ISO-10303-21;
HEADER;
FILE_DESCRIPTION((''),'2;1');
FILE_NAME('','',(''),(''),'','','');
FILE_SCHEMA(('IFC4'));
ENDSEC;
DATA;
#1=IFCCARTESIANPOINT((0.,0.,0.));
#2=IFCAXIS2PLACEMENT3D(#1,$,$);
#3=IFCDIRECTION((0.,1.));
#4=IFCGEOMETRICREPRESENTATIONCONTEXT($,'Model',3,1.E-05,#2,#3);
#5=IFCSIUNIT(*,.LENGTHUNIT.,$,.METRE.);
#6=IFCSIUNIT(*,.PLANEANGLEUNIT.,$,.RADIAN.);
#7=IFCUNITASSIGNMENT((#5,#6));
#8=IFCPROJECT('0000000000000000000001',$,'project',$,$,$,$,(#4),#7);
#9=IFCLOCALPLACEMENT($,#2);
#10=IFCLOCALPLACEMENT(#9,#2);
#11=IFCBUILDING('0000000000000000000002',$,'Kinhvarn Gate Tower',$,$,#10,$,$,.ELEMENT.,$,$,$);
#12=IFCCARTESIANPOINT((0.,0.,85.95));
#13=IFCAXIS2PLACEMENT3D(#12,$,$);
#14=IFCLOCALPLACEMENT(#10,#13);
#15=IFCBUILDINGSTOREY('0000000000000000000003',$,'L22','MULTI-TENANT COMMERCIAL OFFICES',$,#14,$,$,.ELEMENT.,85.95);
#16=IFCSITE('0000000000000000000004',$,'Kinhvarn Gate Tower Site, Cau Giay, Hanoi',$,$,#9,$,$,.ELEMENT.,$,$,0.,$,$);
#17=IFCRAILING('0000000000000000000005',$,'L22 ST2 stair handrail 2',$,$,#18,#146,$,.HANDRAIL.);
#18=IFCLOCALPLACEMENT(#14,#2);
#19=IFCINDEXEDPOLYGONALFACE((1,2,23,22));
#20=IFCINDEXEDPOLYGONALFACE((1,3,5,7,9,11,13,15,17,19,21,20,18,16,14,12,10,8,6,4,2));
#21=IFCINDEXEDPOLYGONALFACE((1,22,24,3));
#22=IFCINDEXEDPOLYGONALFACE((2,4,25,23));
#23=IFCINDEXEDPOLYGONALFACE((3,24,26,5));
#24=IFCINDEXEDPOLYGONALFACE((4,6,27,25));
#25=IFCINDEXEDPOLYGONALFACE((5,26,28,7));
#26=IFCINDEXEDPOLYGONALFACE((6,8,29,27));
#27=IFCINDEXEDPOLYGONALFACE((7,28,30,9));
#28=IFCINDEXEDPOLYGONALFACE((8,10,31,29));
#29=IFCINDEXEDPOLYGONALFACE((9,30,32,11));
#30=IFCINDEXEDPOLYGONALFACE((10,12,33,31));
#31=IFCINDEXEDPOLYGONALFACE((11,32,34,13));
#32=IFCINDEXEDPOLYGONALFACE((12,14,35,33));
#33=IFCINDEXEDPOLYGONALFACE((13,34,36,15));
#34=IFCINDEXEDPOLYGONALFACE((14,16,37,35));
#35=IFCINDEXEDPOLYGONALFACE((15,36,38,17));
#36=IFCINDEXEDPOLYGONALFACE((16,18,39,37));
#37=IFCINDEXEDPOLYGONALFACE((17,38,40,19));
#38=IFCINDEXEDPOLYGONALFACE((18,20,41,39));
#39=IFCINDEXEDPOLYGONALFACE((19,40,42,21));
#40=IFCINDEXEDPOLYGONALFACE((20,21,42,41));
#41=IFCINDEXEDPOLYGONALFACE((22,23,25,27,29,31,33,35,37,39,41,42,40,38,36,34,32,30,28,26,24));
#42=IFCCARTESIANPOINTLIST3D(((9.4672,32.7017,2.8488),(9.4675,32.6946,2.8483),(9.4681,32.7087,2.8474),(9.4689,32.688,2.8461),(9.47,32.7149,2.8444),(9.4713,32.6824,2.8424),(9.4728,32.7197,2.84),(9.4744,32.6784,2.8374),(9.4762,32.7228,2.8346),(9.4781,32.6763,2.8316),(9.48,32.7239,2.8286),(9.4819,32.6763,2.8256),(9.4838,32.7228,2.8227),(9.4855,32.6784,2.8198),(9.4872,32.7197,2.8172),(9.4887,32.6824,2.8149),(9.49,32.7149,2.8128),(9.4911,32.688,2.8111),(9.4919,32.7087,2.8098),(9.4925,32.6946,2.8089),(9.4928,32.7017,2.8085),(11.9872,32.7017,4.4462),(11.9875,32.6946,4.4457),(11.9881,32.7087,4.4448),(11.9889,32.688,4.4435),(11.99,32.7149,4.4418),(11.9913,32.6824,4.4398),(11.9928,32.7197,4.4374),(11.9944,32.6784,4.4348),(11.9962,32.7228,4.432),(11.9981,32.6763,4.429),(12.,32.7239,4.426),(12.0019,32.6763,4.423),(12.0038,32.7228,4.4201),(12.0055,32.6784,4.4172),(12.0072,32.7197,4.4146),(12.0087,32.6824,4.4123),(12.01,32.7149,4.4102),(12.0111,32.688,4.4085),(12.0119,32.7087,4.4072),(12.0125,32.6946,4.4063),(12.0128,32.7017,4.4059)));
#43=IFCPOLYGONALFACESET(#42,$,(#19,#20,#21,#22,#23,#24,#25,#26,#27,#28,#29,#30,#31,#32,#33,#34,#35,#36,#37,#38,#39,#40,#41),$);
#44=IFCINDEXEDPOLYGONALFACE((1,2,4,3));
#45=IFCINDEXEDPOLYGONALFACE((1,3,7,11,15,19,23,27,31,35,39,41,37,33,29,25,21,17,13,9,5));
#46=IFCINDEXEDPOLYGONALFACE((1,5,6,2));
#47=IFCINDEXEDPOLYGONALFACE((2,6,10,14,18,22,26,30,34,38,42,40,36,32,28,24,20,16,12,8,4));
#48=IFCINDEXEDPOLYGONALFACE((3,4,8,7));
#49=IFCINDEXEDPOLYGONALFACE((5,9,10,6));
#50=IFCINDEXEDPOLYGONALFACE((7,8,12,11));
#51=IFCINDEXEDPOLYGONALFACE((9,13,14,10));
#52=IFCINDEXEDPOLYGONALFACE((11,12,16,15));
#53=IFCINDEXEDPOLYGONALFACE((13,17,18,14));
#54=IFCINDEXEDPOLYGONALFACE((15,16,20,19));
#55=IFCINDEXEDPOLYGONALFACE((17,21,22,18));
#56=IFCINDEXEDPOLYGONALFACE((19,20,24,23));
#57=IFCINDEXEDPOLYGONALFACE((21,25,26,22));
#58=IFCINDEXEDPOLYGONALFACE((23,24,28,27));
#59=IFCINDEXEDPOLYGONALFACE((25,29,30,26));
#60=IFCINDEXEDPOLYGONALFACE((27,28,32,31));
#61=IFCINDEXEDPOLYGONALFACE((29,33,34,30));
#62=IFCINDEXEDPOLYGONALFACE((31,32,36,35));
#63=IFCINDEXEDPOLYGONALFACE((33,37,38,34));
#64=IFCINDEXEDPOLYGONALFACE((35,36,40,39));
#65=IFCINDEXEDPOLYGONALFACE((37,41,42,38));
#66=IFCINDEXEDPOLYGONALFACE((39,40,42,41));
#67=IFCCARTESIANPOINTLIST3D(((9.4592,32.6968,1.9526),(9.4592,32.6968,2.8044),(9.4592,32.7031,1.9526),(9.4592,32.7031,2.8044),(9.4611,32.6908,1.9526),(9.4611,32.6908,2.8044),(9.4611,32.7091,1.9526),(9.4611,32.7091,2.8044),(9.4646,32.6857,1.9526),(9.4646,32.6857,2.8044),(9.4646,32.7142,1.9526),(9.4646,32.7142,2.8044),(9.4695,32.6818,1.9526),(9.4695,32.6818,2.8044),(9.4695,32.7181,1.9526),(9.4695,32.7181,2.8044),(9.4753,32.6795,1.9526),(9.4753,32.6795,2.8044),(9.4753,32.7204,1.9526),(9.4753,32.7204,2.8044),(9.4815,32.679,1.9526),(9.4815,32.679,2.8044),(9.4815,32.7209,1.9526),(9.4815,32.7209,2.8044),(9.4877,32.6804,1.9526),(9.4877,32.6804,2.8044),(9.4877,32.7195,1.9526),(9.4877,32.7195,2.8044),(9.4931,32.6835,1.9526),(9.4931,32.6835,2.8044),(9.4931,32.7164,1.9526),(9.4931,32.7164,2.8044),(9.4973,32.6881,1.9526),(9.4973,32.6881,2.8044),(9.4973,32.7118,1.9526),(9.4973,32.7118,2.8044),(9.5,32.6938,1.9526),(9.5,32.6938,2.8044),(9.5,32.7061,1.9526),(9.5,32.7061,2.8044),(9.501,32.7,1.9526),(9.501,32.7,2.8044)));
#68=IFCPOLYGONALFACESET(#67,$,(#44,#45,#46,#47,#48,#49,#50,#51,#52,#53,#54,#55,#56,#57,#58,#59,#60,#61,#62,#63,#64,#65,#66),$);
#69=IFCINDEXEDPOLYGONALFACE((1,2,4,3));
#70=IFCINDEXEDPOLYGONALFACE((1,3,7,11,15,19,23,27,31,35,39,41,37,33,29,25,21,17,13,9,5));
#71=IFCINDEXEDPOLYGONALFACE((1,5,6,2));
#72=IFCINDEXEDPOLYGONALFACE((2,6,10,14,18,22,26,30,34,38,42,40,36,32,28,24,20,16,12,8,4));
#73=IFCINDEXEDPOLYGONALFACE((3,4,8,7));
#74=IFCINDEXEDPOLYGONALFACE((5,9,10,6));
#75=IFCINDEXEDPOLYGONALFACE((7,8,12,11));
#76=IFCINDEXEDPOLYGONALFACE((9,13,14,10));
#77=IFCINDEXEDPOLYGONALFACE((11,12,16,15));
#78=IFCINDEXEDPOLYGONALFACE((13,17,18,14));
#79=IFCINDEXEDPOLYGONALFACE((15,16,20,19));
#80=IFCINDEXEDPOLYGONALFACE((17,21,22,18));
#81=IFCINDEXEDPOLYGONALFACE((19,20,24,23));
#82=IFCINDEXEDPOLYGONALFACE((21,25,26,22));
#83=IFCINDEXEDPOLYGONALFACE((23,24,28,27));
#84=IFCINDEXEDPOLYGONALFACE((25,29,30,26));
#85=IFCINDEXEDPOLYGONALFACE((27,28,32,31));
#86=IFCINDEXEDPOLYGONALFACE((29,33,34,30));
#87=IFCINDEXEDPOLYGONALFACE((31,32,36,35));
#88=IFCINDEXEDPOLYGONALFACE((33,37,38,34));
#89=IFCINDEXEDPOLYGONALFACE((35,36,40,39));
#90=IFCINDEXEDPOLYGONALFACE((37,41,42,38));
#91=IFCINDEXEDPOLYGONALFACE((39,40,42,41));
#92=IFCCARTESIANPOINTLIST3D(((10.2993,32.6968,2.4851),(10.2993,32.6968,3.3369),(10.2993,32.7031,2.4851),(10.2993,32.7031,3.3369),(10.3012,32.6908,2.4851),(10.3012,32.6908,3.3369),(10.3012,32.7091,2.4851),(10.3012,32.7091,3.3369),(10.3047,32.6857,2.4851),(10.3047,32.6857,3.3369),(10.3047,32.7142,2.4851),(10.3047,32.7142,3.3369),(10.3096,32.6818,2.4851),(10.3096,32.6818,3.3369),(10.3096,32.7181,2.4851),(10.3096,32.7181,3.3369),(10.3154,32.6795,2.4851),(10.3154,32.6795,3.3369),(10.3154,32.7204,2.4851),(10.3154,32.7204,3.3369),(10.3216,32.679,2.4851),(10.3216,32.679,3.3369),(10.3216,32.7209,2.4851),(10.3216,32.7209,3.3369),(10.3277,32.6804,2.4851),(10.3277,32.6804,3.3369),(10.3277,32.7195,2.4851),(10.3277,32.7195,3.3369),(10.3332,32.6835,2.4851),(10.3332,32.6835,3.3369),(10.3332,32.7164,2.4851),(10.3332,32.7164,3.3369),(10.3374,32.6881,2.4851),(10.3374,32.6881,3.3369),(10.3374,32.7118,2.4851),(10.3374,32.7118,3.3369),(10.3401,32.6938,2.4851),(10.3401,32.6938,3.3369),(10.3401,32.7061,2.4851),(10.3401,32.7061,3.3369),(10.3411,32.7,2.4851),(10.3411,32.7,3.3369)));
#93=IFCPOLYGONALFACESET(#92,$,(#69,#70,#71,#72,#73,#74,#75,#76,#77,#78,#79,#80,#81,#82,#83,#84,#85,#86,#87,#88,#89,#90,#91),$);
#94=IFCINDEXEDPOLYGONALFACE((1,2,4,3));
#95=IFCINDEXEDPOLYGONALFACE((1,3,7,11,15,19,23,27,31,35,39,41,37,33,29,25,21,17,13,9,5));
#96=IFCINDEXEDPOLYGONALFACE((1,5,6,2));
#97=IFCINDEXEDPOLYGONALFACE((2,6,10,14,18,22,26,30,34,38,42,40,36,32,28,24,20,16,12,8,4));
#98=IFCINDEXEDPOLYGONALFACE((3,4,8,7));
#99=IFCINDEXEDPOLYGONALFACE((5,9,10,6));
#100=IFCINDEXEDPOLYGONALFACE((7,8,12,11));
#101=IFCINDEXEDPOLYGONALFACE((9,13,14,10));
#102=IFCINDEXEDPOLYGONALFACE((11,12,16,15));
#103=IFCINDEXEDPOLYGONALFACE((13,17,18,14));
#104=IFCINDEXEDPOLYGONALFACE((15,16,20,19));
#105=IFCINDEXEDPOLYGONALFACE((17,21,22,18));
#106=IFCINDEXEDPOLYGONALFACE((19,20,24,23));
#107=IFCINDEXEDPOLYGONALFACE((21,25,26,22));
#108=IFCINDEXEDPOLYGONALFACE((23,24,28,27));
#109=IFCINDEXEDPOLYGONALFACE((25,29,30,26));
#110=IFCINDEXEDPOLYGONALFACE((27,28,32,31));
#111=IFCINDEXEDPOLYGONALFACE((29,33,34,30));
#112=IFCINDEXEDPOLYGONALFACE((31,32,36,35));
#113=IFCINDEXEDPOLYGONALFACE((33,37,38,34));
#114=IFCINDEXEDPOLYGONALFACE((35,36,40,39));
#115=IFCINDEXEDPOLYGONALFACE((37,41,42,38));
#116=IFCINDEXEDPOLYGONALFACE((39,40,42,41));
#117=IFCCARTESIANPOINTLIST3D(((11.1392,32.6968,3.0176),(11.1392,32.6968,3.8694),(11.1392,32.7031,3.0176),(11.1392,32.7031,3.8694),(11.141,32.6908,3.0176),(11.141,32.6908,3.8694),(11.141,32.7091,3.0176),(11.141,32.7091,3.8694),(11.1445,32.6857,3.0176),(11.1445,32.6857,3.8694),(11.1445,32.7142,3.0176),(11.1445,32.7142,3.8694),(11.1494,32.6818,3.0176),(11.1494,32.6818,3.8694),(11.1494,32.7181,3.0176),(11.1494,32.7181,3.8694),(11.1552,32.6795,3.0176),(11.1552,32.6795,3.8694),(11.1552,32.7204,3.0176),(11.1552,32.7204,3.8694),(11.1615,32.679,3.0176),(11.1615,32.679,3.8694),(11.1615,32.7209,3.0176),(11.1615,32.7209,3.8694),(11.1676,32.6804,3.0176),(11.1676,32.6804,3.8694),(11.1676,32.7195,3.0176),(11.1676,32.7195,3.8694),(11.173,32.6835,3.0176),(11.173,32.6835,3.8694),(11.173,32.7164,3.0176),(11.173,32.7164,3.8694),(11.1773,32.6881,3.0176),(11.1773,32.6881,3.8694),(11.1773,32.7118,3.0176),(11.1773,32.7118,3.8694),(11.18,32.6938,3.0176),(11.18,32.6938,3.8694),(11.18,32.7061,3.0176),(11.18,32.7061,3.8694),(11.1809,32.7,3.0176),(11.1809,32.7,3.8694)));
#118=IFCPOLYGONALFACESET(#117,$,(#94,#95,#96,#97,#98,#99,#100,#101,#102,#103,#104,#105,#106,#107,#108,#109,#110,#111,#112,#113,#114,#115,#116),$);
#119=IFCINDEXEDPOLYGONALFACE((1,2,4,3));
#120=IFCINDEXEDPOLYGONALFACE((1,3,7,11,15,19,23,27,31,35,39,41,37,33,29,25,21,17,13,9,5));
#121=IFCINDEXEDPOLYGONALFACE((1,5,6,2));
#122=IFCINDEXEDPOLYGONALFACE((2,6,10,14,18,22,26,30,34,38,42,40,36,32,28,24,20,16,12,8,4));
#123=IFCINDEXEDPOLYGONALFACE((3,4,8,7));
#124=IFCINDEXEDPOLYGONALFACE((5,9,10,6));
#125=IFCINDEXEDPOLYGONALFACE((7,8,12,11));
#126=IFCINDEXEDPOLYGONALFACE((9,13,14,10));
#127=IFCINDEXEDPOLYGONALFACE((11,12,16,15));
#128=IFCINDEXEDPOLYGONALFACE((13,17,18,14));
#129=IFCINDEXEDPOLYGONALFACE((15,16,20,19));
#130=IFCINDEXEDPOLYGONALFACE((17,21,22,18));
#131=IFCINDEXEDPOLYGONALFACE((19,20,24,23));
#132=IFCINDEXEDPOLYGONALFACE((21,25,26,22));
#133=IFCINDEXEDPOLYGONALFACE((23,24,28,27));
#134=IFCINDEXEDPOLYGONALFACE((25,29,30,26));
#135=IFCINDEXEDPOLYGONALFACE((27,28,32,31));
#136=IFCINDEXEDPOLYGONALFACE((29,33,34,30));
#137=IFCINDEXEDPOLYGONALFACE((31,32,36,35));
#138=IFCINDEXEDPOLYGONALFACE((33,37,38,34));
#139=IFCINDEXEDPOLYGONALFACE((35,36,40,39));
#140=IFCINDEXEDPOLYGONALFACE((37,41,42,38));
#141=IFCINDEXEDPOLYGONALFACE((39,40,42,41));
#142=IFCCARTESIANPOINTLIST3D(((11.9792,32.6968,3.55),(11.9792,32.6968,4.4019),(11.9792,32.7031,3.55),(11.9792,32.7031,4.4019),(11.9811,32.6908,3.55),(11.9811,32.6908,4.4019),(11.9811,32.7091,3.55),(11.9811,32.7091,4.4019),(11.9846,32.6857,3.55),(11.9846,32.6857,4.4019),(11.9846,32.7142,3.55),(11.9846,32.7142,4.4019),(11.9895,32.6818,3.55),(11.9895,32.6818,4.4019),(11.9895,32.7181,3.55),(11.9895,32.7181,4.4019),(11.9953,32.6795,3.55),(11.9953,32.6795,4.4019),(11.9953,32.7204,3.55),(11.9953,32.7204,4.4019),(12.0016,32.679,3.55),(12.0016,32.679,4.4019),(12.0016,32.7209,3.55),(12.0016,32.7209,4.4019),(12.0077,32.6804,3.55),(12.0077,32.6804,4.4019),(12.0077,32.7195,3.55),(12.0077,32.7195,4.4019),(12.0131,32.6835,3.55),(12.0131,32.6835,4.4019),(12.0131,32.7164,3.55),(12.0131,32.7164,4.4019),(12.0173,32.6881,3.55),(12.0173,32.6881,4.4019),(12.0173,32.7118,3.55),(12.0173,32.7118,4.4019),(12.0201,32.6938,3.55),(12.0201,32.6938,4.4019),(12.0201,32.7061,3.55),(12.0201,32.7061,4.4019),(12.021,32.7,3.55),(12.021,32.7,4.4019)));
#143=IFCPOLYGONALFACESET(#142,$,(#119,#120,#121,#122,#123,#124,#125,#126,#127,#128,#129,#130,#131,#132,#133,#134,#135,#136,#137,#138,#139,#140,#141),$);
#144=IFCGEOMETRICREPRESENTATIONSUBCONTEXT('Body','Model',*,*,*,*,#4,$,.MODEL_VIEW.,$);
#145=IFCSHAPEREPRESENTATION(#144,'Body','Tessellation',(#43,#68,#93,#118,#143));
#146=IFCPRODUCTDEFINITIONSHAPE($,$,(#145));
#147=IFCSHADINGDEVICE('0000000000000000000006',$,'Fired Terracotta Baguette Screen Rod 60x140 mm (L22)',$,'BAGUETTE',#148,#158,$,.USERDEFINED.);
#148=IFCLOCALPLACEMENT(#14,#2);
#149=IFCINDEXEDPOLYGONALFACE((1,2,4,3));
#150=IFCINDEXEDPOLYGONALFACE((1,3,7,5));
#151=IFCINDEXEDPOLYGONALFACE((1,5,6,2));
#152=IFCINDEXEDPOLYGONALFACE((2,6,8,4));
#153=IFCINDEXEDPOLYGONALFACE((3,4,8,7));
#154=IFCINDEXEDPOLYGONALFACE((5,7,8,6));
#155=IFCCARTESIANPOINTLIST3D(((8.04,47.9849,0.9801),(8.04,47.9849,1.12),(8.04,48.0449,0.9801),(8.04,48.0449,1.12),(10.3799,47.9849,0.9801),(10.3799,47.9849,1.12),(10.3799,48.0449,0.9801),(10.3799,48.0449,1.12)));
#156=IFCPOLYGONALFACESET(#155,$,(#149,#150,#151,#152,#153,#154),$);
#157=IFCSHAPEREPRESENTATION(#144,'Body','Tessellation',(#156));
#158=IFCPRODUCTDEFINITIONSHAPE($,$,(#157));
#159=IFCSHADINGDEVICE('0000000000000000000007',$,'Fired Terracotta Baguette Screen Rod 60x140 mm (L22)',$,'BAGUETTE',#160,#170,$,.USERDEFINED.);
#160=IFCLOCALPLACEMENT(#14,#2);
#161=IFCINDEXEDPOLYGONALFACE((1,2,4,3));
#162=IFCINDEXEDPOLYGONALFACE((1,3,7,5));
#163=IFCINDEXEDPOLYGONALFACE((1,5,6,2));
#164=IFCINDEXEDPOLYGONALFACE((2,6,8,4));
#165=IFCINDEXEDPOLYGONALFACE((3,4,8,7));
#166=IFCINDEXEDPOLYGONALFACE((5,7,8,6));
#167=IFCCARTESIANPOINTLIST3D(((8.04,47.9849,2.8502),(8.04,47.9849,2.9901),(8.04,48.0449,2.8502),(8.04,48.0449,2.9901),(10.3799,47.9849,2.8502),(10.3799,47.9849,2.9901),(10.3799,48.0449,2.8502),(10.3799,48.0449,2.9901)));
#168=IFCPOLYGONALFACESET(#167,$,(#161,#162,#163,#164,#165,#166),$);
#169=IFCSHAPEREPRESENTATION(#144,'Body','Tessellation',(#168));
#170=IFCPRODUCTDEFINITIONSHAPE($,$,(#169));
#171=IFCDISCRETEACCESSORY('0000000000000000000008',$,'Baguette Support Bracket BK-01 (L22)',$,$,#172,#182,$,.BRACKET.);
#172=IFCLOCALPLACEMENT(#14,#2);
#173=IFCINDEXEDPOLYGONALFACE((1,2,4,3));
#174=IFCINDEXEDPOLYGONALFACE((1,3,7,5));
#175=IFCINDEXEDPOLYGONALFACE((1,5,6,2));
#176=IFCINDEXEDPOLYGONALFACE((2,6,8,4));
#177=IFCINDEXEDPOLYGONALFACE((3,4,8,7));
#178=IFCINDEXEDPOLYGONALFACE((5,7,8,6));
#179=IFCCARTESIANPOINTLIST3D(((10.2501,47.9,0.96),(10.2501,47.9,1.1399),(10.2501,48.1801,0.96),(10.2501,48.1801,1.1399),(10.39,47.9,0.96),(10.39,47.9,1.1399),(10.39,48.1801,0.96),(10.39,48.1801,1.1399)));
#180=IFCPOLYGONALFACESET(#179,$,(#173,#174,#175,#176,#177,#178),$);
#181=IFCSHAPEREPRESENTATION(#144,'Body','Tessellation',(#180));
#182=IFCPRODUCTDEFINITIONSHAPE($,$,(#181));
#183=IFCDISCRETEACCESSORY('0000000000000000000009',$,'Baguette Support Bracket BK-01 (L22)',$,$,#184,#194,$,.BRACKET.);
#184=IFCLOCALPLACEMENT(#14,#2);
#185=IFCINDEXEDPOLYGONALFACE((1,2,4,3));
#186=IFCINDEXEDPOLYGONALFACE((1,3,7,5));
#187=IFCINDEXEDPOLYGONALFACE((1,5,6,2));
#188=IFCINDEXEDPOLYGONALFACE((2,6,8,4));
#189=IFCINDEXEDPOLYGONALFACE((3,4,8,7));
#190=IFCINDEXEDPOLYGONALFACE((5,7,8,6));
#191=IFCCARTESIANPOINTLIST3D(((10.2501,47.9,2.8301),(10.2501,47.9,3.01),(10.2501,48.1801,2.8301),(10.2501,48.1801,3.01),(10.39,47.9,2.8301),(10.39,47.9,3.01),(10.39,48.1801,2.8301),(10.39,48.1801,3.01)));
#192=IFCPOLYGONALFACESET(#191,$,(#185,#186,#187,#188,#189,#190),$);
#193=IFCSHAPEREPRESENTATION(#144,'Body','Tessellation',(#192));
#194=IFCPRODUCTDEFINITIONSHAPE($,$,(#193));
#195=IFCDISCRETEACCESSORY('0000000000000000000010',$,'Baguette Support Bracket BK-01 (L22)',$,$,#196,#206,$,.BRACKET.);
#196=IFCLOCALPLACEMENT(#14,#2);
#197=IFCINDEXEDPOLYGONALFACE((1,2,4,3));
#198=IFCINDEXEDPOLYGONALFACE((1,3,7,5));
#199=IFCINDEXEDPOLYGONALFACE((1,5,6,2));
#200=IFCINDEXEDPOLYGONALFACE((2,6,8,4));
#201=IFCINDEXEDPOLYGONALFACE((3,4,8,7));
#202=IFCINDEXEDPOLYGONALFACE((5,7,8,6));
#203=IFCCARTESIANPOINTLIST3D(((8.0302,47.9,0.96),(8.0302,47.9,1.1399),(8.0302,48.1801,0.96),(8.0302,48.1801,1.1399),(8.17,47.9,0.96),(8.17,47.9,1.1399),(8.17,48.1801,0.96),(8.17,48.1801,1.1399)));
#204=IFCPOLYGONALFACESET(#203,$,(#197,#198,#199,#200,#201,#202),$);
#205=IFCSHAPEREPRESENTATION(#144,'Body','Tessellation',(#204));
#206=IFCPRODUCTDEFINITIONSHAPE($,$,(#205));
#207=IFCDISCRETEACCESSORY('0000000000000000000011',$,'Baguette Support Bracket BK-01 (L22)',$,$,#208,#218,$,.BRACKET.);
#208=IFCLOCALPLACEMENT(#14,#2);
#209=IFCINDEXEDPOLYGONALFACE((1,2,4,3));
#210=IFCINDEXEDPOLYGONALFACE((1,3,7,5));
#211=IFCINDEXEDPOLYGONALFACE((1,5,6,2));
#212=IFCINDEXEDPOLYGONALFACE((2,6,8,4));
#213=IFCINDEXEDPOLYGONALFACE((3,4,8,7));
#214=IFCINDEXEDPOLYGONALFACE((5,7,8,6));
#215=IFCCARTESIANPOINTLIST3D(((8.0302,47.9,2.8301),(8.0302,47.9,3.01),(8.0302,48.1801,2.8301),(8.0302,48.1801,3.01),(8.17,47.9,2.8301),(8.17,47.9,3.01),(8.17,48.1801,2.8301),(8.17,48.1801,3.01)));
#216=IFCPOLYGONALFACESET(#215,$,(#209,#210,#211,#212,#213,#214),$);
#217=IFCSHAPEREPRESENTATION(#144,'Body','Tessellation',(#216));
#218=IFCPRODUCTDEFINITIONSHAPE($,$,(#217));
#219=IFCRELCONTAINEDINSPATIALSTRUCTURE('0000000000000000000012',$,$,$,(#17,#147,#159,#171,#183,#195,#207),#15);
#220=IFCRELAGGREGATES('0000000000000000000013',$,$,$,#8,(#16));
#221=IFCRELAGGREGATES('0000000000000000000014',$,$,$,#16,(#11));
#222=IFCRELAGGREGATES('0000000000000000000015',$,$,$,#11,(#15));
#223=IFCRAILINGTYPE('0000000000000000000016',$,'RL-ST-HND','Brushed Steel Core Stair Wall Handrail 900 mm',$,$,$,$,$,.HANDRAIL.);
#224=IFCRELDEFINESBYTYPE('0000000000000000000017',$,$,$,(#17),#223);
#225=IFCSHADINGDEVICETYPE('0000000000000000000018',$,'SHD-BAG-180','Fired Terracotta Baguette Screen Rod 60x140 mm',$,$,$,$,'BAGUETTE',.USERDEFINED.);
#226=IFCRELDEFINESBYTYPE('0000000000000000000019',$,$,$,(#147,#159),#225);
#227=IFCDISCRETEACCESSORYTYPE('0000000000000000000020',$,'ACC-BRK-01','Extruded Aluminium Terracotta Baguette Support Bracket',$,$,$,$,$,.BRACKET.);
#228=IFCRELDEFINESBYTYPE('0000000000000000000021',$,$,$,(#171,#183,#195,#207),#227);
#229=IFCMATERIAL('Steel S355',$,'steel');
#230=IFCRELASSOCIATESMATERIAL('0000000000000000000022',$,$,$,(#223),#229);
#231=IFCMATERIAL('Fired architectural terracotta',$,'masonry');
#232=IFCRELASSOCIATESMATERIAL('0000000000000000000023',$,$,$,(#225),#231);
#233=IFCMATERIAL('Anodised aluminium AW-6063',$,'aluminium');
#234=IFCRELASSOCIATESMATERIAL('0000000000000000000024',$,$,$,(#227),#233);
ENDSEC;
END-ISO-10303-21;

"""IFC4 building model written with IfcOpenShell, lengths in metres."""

from ifc_helpers import new_model, si_unit, direction, frame, origin, origin_2d, place, context, subcontext, project, spatial, rectangle, circle, extrude, material, material_profile, profile_set, type_object, element, save


model = new_model("IFC4")

# Units and contexts
model_context = context("Model", 3, precision=1e-05, world=origin(), true_north=direction((0.0, 1.0)))
body_context = subcontext(model_context, "Body", "Model", "MODEL_VIEW")
ifc_project = project(units=[si_unit("LENGTHUNIT", "METRE"), si_unit("PLANEANGLEUNIT", "RADIAN")], contexts=[model_context])

# Site, building, storey
site_placement = place(None, origin())
site = spatial("IfcSite", under=ifc_project, at=site_placement, Name="Kinhvarn Gate Tower Site, Cau Giay, Hanoi", CompositionType="ELEMENT", RefElevation=0.0)
building_placement = place(site_placement, origin())
building = spatial("IfcBuilding", under=site, at=building_placement, Name="Kinhvarn Gate Tower", CompositionType="ELEMENT")
storey_placement = place(building_placement, frame((0.0, 0.0, 85.95)))
storey = spatial("IfcBuildingStorey", under=building, at=storey_placement, Name="L22", Description="MULTI-TENANT COMMERCIAL OFFICES", CompositionType="ELEMENT", Elevation=85.95)

# Shared definitions
ifc_material_1 = material(Name="Anodised aluminium AW-6063", Category="aluminium")

# Shared definitions
ifc_material_2 = material(Name="Steel S355", Category="steel")

# Shared definitions
ifc_material_3 = material(Name="Fired architectural terracotta", Category="masonry")

# Railing
railing_type_1 = type_object("IfcRailingType", Name="RL-ST-HND", Description="Brushed Steel Core Stair Wall Handrail 900 mm", PredefinedType="HANDRAIL", material=ifc_material_2)
railing_1_placement = place(storey_placement, frame((9.48, 32.7, 1.9526)))
element("IfcRailing", 1, at=railing_1_placement, inside=storey, type_object=railing_type_1, Name="L22 ST2 stair handrail 2", PredefinedType="HANDRAIL", context=body_context, shape_type="SweptSolid", body=[
    extrude(circle(Radius=0.0239, at=origin_2d()), frame((0.0, 0.0, 0.876), z_axis=(0.844607, 0.0, 0.535387), x_axis=(0.0, 1.0, 0.0)), (0.0, 0.0, 1.0), 2.9836),
    extrude(circle(Radius=0.021, at=origin_2d()), origin(), (0.0, 0.0, 1.0), 0.8518),
    extrude(circle(Radius=0.021, at=origin_2d()), frame((0.8401, 0.0, 0.5325)), (0.0, 0.0, 1.0), 0.8518),
    extrude(circle(Radius=0.021, at=origin_2d()), frame((1.6799, 0.0, 1.0649)), (0.0, 0.0, 1.0), 0.8518),
    extrude(circle(Radius=0.021, at=origin_2d()), frame((2.52, 0.0, 1.5974)), (0.0, 0.0, 1.0), 0.8518),
])

# Shading devices
ifc_material_profile_1 = material_profile(ifc_material_3, rectangle(XDim=0.0601, YDim=0.1399, at=origin_2d()), Name="TC 60x140")
ifc_profile_set_1 = profile_set([ifc_material_profile_1], Name="Fired architectural terracotta")
shading_device_type = type_object("IfcShadingDeviceType", Name="SHD-BAG-180", Description="Fired Terracotta Baguette Screen Rod 60x140 mm", ElementType="BAGUETTE", PredefinedType="USERDEFINED", material=ifc_profile_set_1)
for number, where, z_axis, x_axis, name in (
    (2, (10.3799, 48.0149, 1.05), (-1.0, 0.0, 0.0), (0.0, -1.0, 0.0), "Fired Terracotta Baguette Screen Rod 60x140 mm (L22)"),
    (3, (10.3799, 48.0149, 2.9202), (-1.0, 0.0, 0.0), (0.0, -1.0, 0.0), "Fired Terracotta Baguette Screen Rod 60x140 mm (L22)"),
):
    element("IfcShadingDevice", number, at=place(storey_placement, frame(where, z_axis=z_axis, x_axis=x_axis)), inside=storey, type_object=shading_device_type, Name=name, ObjectType="BAGUETTE", PredefinedType="USERDEFINED", context=body_context, shape_type="SweptSolid", body=[
        extrude(rectangle(XDim=0.0601, YDim=0.1399, at=origin_2d()), origin(), (0.0, 0.0, 1.0), 2.3398),
    ])

# Discrete accessories
discrete_accessory_type = type_object("IfcDiscreteAccessoryType", Name="ACC-BRK-01", Description="Extruded Aluminium Terracotta Baguette Support Bracket", PredefinedType="BRACKET", material=ifc_material_1)
for number, where, z_axis, x_axis, name in (
    (4, (10.3201, 48.04, 0.96), (0.0, 0.0, 1.0), (-1.0, 0.0, 0.0), "Baguette Support Bracket BK-01 (L22)"),
    (5, (10.3201, 48.04, 2.8301), (0.0, 0.0, 1.0), (-1.0, 0.0, 0.0), "Baguette Support Bracket BK-01 (L22)"),
    (6, (8.1001, 48.04, 0.96), (0.0, 0.0, 1.0), (-1.0, 0.0, 0.0), "Baguette Support Bracket BK-01 (L22)"),
    (7, (8.1001, 48.04, 2.8301), (0.0, 0.0, 1.0), (-1.0, 0.0, 0.0), "Baguette Support Bracket BK-01 (L22)"),
):
    element("IfcDiscreteAccessory", number, at=place(storey_placement, frame(where, z_axis=z_axis, x_axis=x_axis)), inside=storey, type_object=discrete_accessory_type, Name=name, PredefinedType="BRACKET", context=body_context, shape_type="SweptSolid", body=[
        extrude(rectangle(XDim=0.1399, YDim=0.28, at=origin_2d()), origin(), (0.0, 0.0, 1.0), 0.1799),
    ])

save(model, "model.ifc")
